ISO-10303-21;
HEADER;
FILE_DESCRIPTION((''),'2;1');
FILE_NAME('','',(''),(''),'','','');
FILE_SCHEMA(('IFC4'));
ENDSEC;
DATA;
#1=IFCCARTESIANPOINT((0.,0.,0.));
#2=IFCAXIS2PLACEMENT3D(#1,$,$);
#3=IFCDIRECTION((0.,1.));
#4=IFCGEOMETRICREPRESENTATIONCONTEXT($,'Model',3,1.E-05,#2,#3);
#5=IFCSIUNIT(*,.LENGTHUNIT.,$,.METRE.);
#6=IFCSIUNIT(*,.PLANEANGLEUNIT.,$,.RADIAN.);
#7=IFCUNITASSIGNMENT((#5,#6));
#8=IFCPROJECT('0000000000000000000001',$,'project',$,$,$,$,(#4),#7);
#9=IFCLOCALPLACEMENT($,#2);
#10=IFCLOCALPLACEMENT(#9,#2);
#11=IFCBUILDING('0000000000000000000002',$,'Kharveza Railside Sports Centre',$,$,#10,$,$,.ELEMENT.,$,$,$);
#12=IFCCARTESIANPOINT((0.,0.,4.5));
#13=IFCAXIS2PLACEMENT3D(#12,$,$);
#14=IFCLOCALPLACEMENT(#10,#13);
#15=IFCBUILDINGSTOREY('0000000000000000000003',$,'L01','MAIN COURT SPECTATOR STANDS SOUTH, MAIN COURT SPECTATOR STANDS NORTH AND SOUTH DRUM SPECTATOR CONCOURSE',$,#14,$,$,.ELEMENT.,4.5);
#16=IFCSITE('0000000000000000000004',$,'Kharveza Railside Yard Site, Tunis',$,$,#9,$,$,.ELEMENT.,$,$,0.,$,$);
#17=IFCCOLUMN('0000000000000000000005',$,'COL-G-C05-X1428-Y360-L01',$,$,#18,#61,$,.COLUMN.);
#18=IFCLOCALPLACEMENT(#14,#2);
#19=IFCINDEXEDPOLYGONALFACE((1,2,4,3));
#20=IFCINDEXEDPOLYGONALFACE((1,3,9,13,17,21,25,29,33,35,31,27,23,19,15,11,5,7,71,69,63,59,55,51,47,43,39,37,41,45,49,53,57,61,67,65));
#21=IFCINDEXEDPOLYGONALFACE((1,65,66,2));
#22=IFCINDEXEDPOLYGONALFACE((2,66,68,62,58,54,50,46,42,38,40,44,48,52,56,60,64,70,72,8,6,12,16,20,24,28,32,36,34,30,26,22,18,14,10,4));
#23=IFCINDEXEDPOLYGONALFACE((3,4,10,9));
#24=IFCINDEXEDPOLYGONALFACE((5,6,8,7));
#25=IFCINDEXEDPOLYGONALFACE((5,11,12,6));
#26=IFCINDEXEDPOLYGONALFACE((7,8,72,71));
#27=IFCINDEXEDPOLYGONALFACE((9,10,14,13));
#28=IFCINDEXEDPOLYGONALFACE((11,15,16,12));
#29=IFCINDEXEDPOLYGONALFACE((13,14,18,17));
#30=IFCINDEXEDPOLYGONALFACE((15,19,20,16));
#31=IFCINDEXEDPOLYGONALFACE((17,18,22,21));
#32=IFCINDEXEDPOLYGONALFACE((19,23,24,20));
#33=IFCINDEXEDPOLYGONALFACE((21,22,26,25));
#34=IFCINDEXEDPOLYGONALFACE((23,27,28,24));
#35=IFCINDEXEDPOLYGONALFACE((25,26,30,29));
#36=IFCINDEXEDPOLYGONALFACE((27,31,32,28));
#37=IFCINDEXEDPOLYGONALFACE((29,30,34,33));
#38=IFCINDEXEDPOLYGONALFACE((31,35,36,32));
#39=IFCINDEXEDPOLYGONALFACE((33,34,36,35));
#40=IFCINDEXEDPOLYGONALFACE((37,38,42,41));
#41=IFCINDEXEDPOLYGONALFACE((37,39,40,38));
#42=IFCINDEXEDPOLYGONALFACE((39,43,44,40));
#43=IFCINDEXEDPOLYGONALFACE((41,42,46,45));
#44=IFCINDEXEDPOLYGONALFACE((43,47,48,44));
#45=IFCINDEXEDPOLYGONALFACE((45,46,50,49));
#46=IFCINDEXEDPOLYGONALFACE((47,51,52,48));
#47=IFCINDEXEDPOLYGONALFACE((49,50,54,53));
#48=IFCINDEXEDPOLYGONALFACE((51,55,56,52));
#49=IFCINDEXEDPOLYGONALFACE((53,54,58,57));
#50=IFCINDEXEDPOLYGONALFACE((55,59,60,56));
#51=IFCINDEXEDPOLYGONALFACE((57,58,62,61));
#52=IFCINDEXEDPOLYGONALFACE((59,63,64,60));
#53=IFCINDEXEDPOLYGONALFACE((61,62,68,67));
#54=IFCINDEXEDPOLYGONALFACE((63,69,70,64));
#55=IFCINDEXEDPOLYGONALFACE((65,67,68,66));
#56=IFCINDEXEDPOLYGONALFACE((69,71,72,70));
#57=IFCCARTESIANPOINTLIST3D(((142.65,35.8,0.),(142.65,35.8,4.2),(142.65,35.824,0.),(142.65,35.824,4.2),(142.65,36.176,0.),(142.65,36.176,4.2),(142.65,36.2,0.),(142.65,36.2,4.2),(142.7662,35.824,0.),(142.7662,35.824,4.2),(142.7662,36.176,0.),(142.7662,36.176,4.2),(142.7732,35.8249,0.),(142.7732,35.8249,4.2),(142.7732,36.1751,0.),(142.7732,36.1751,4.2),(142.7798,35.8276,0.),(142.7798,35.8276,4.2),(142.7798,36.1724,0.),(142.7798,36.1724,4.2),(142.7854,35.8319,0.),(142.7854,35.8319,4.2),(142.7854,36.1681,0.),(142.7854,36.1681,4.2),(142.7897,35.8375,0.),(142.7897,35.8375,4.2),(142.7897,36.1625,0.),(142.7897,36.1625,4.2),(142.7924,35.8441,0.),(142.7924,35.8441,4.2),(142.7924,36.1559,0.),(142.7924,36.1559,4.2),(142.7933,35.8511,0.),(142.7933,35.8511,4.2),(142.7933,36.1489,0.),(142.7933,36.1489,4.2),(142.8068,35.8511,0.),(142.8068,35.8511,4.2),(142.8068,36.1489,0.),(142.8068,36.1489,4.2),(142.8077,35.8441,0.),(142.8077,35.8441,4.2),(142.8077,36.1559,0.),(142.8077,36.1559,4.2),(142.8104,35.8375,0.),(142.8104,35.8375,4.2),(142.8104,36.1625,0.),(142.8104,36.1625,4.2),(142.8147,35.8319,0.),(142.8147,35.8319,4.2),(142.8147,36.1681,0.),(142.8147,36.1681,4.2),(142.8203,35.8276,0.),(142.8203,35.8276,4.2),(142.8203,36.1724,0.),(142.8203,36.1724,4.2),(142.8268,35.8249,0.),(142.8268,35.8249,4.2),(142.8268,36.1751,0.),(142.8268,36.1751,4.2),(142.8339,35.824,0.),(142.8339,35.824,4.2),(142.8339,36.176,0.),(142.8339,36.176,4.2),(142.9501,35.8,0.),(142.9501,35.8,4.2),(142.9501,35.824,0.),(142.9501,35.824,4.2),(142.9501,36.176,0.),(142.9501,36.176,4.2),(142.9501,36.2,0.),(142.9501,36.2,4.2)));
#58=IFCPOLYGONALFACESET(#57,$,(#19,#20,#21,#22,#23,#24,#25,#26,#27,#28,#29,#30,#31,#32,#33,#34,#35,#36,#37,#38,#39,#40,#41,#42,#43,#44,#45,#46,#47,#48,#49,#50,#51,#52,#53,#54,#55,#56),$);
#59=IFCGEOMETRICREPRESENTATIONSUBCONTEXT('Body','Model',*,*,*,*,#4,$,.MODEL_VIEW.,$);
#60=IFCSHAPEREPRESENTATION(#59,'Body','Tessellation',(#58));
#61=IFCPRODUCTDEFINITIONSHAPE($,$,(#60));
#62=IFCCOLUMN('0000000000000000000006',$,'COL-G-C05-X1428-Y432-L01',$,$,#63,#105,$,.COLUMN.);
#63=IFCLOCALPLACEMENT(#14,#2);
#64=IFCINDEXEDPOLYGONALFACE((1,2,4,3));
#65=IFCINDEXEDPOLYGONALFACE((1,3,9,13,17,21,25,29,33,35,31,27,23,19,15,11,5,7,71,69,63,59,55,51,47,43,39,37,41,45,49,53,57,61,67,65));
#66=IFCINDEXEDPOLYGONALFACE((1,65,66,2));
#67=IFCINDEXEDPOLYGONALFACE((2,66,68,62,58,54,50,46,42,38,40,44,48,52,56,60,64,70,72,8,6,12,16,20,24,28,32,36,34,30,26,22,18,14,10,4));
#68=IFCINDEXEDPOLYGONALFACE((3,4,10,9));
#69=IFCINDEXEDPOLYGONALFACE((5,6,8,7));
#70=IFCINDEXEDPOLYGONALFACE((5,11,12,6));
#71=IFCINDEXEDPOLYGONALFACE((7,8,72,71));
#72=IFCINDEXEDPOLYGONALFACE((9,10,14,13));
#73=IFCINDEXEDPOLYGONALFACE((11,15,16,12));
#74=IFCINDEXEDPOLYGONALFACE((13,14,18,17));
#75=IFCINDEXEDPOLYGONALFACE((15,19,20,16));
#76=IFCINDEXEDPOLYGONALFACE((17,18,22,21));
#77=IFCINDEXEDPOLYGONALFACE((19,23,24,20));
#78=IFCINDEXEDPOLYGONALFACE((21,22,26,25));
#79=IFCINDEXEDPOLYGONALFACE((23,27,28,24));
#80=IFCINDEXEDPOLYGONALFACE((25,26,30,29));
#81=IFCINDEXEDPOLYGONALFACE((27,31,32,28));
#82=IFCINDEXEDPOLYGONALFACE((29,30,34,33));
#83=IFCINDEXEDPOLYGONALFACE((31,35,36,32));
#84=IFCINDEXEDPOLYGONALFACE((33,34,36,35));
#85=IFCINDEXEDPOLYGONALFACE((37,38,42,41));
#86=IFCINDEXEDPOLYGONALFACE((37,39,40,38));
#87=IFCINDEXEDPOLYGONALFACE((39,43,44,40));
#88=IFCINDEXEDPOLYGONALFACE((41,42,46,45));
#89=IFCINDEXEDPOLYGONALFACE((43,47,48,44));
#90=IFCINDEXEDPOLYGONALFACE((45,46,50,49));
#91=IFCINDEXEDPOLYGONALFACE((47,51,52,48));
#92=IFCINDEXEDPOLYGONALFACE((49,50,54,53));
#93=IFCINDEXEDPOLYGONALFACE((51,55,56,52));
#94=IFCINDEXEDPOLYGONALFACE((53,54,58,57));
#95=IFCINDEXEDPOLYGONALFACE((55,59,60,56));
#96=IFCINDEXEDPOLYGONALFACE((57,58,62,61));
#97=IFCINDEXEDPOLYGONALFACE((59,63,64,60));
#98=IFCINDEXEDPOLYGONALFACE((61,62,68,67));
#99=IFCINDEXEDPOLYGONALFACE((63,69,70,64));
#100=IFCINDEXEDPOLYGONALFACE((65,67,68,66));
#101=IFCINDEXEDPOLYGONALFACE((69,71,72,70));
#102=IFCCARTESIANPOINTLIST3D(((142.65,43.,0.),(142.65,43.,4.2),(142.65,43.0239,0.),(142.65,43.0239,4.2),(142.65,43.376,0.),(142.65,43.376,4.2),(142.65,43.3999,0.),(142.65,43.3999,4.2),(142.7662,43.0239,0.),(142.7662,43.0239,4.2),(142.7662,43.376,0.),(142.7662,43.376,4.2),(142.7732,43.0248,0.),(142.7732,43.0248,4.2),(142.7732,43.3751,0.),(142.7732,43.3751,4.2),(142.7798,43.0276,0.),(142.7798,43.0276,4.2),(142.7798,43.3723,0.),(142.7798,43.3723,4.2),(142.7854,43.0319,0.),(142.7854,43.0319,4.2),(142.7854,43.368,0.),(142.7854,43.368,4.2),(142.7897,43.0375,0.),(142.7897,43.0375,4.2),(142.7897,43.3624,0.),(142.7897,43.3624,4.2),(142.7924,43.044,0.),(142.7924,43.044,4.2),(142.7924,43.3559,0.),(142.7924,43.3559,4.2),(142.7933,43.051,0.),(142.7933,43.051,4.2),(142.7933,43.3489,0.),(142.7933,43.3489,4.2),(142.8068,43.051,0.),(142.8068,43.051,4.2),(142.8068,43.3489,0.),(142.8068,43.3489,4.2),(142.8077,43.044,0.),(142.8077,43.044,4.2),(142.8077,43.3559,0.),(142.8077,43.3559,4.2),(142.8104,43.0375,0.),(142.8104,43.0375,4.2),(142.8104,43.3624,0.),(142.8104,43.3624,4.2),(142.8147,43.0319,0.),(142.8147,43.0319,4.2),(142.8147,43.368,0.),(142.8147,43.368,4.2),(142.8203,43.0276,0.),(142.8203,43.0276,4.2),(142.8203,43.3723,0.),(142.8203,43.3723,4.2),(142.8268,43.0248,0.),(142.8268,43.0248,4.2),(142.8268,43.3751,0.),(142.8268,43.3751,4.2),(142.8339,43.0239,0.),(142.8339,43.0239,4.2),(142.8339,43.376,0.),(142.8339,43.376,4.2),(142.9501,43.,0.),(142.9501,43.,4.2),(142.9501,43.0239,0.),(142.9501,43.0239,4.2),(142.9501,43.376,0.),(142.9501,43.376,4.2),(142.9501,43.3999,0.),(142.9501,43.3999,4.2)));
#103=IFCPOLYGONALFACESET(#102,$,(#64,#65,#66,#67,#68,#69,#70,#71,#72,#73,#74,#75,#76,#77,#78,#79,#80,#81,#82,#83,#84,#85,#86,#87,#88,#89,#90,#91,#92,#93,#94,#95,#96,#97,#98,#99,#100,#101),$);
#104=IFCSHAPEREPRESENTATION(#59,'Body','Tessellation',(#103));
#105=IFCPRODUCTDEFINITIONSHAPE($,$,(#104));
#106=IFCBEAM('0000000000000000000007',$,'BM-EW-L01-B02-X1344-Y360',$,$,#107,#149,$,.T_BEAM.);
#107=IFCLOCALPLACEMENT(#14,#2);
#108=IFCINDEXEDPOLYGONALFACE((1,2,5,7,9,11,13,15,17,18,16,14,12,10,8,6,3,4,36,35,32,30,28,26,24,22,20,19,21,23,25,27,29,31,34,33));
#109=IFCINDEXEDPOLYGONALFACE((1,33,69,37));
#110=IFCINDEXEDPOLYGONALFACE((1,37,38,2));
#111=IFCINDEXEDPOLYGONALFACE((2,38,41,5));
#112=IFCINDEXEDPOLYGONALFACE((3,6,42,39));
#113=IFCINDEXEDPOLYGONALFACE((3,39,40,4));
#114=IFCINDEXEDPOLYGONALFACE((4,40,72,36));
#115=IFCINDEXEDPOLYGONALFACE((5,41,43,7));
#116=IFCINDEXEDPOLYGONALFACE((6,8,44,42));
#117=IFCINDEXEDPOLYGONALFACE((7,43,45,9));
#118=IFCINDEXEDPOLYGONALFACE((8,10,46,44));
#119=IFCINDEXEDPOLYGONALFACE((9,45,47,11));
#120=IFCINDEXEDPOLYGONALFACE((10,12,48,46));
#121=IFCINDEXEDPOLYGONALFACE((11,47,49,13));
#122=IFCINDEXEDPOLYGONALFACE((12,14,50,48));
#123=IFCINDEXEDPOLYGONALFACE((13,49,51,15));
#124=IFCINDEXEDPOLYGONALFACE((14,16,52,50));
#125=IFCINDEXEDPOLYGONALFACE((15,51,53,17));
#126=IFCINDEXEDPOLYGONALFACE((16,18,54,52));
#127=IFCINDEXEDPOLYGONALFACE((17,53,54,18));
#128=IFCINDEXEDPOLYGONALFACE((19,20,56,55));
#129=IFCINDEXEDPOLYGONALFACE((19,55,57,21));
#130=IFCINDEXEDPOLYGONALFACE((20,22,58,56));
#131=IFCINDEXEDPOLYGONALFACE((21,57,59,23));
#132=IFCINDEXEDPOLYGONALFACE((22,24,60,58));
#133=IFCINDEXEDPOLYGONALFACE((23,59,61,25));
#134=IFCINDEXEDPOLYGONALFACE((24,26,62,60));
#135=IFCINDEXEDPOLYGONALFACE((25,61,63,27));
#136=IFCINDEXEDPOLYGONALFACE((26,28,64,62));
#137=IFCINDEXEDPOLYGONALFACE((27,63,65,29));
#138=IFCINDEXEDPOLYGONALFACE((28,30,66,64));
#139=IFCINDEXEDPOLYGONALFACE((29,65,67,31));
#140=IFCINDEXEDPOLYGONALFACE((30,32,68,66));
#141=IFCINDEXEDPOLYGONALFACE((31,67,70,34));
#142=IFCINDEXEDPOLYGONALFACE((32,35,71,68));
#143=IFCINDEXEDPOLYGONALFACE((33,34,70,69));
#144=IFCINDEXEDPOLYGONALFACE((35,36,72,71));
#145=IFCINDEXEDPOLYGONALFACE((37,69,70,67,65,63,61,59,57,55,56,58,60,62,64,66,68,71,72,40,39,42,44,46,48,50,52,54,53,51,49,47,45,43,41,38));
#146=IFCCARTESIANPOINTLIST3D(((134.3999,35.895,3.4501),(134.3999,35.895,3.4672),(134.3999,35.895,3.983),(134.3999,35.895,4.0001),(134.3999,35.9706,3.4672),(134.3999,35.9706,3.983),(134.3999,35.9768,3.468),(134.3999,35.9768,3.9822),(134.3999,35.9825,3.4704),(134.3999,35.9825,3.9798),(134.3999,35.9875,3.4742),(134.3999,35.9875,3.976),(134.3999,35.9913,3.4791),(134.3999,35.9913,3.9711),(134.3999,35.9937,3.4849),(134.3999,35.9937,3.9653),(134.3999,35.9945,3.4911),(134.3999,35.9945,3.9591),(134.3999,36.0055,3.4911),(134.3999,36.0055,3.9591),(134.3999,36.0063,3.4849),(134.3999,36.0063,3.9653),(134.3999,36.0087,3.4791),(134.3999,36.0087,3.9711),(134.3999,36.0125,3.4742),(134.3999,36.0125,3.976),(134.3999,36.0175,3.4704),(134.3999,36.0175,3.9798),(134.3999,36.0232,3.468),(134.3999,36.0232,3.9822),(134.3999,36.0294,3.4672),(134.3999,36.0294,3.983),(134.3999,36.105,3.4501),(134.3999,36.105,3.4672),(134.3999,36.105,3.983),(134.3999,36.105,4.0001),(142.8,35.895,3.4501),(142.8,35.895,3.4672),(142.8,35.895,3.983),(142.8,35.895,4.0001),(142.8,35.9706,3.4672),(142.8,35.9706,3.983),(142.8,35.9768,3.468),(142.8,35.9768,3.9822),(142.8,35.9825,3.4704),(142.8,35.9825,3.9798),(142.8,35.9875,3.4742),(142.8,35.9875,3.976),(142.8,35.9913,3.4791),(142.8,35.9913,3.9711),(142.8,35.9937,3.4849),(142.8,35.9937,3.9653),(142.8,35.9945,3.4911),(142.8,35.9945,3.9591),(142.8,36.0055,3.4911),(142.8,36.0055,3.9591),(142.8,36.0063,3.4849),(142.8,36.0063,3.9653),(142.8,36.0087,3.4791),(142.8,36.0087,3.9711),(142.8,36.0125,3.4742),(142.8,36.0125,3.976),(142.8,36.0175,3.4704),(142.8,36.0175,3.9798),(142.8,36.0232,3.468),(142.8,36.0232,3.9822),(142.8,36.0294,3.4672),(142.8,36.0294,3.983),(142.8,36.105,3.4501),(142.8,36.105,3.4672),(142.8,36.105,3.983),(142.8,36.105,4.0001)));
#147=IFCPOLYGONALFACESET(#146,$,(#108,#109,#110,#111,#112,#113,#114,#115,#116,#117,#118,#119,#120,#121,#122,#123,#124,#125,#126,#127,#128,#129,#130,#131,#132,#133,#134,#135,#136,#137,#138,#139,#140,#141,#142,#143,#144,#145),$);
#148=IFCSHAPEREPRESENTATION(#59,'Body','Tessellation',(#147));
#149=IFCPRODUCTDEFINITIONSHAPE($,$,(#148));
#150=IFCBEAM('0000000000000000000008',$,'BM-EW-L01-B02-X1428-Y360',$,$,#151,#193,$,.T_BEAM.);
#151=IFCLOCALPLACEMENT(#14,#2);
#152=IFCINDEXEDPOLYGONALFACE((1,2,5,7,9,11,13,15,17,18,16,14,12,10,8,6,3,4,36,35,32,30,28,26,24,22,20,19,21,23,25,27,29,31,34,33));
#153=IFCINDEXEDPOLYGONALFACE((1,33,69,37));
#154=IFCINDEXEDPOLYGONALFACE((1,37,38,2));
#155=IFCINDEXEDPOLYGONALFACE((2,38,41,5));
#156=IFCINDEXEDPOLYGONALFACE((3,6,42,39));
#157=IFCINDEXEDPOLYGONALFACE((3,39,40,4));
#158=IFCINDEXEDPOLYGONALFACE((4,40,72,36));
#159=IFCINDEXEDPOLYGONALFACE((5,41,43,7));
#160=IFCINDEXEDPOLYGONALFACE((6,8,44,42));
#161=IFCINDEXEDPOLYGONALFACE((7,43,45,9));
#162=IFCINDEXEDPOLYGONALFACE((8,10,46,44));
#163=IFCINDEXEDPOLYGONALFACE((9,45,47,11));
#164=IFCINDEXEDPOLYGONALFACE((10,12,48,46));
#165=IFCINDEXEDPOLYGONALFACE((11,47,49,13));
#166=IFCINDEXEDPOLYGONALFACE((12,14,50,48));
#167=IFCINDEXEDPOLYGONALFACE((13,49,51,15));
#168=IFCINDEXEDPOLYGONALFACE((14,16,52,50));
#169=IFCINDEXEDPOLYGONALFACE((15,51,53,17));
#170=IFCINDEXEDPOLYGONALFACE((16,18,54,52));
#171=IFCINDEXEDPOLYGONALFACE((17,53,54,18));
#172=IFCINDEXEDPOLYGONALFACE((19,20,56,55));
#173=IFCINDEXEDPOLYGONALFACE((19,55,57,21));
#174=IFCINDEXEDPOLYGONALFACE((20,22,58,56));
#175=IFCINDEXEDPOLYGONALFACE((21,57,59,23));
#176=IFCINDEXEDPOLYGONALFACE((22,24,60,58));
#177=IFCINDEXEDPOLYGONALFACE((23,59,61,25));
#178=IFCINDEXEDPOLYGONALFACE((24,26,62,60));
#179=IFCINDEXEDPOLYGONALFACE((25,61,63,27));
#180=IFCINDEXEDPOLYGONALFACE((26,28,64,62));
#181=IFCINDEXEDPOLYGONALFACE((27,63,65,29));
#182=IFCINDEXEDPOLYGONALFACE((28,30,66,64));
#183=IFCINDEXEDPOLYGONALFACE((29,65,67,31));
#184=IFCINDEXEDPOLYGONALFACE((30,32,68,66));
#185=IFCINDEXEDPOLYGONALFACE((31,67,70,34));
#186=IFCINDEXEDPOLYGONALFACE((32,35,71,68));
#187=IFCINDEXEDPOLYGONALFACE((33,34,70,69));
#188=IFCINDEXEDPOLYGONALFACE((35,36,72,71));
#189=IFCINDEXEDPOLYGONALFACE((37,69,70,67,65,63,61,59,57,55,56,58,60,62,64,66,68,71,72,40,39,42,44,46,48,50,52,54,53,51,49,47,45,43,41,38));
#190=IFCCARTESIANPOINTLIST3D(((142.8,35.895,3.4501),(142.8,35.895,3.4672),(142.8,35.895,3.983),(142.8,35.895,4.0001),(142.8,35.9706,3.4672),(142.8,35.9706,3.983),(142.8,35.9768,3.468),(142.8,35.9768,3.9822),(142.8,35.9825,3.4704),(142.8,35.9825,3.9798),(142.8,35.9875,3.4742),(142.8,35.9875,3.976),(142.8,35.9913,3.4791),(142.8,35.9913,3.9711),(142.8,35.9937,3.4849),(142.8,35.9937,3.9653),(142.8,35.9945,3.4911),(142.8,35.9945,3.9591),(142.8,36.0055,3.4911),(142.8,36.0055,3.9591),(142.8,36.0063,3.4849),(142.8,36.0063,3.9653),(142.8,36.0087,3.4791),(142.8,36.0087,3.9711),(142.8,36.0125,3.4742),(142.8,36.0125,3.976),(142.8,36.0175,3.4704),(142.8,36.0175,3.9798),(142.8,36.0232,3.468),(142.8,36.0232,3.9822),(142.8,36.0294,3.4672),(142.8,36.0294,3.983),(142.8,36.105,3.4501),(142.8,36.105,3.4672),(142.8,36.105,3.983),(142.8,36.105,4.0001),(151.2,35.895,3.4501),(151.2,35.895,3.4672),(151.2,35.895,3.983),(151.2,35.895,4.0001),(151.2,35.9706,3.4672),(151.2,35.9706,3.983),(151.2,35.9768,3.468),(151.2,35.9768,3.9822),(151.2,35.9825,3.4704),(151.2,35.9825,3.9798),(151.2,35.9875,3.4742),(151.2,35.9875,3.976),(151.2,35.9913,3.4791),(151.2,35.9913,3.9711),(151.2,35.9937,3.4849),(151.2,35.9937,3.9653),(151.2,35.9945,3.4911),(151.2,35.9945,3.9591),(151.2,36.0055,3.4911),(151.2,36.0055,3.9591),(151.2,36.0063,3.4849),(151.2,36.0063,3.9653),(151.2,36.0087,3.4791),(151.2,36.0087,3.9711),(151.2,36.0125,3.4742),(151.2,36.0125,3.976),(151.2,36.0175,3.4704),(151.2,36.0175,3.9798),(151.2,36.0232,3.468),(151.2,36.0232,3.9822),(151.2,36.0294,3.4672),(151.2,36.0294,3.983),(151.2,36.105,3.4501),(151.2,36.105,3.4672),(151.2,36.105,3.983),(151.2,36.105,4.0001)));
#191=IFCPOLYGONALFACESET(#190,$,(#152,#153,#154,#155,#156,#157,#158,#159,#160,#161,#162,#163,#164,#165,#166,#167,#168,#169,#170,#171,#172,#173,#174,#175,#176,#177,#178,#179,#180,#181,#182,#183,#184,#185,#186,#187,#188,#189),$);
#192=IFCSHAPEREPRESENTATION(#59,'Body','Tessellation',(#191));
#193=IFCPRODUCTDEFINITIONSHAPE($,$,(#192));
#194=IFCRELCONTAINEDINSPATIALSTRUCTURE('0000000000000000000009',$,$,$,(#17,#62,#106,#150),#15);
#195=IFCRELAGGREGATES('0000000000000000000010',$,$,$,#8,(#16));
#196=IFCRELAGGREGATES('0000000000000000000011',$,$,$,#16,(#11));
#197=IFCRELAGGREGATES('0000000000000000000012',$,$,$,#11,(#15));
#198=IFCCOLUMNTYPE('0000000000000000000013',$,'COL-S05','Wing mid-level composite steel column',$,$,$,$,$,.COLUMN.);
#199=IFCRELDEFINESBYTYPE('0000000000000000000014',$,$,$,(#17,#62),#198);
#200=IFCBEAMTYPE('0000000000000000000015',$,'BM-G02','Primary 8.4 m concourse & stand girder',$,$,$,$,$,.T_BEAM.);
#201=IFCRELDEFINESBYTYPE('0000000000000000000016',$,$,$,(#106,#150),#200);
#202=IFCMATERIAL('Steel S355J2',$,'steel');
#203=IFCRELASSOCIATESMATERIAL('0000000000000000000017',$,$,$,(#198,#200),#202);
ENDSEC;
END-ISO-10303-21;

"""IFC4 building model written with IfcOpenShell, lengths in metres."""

from ifc_helpers import new_model, si_unit, direction, frame, origin, origin_2d, place, context, subcontext, project, spatial, i_section, extrude, material, material_profile, profile_set, type_object, element, save


model = new_model("IFC4")

# Units and contexts
model_context = context("Model", 3, precision=1e-05, world=origin(), true_north=direction((0.0, 1.0)))
body_context = subcontext(model_context, "Body", "Model", "MODEL_VIEW")
ifc_project = project(units=[si_unit("LENGTHUNIT", "METRE"), si_unit("PLANEANGLEUNIT", "RADIAN")], contexts=[model_context])

# Site, building, storey
site_placement = place(None, origin())
site = spatial("IfcSite", under=ifc_project, at=site_placement, Name="Kharveza Railside Yard Site, Tunis", CompositionType="ELEMENT", RefElevation=0.0)
building_placement = place(site_placement, origin())
building = spatial("IfcBuilding", under=site, at=building_placement, Name="Kharveza Railside Sports Centre", CompositionType="ELEMENT")
storey_placement = place(building_placement, frame((0.0, 0.0, 4.5)))
storey = spatial("IfcBuildingStorey", under=building, at=storey_placement, Name="L01", Description="MAIN COURT SPECTATOR STANDS SOUTH, MAIN COURT SPECTATOR STANDS NORTH AND SOUTH DRUM SPECTATOR CONCOURSE", CompositionType="ELEMENT", Elevation=4.5)

# Columns
ifc_material_1 = material(Name="Steel S355J2", Category="steel")
ifc_material_profile_1 = material_profile(ifc_material_1, i_section(OverallWidth=0.3, OverallDepth=0.3999, WebThickness=0.0134, FlangeThickness=0.0239, FilletRadius=0.0271, at=origin_2d()), Name="HEB 400")
ifc_profile_set_1 = profile_set([ifc_material_profile_1], Name="Steel S355J2")
column_type = type_object("IfcColumnType", Name="COL-S05", Description="Wing mid-level composite steel column", PredefinedType="COLUMN", material=ifc_profile_set_1)
for number, where, z_axis, x_axis, name in (
    (1, (142.8, 36.0, 0.0), (0.0, 0.0, 1.0), (1.0, 0.0, 0.0), "COL-G-C05-X1428-Y360-L01"),
    (2, (142.8, 43.2, 0.0), (0.0, 0.0, 1.0), (1.0, 0.0, 0.0), "COL-G-C05-X1428-Y432-L01"),
):
    element("IfcColumn", number, at=place(storey_placement, frame(where, z_axis=z_axis, x_axis=x_axis)), inside=storey, type_object=column_type, Name=name, PredefinedType="COLUMN", context=body_context, shape_type="SweptSolid", body=[
        extrude(i_section(OverallWidth=0.3, OverallDepth=0.3999, WebThickness=0.0134, FlangeThickness=0.0239, FilletRadius=0.0271, at=origin_2d()), origin(), (0.0, 0.0, 1.0), 4.2),
    ])

# Beams
ifc_material_profile_2 = material_profile(ifc_material_1, i_section(OverallWidth=0.21, OverallDepth=0.55, WebThickness=0.011, FlangeThickness=0.0171, FilletRadius=0.0239, at=origin_2d()), Name="IPE 550")
ifc_profile_set_2 = profile_set([ifc_material_profile_2], Name="Steel S355J2")
beam_type_1 = type_object("IfcBeamType", Name="BM-G02", Description="Primary 8.4 m concourse & stand girder", PredefinedType="T_BEAM", material=ifc_profile_set_2)
beam_1_placement = place(storey_placement, frame((134.3999, 36.0, 3.7251), z_axis=(1.0, 0.0, 0.0), x_axis=(0.0, 1.0, 0.0)))
element("IfcBeam", 3, at=beam_1_placement, inside=storey, type_object=beam_type_1, Name="BM-EW-L01-B02-X1344-Y360", PredefinedType="T_BEAM", context=body_context, shape_type="SweptSolid", body=[
    extrude(i_section(OverallWidth=0.21, OverallDepth=0.55, WebThickness=0.011, FlangeThickness=0.0171, FilletRadius=0.0239, at=origin_2d()), origin(), (0.0, 0.0, 1.0), 8.4001),
])
beam_2_placement = place(storey_placement, frame((142.8, 36.0, 3.7251), z_axis=(1.0, 0.0, 0.0), x_axis=(0.0, 1.0, 0.0)))
element("IfcBeam", 4, at=beam_2_placement, inside=storey, type_object=beam_type_1, Name="BM-EW-L01-B02-X1428-Y360", PredefinedType="T_BEAM", context=body_context, shape_type="SweptSolid", body=[
    extrude(i_section(OverallWidth=0.21, OverallDepth=0.55, WebThickness=0.011, FlangeThickness=0.0171, FilletRadius=0.0239, at=origin_2d()), origin(), (0.0, 0.0, 1.0), 8.3999),
])

save(model, "model.ifc")
